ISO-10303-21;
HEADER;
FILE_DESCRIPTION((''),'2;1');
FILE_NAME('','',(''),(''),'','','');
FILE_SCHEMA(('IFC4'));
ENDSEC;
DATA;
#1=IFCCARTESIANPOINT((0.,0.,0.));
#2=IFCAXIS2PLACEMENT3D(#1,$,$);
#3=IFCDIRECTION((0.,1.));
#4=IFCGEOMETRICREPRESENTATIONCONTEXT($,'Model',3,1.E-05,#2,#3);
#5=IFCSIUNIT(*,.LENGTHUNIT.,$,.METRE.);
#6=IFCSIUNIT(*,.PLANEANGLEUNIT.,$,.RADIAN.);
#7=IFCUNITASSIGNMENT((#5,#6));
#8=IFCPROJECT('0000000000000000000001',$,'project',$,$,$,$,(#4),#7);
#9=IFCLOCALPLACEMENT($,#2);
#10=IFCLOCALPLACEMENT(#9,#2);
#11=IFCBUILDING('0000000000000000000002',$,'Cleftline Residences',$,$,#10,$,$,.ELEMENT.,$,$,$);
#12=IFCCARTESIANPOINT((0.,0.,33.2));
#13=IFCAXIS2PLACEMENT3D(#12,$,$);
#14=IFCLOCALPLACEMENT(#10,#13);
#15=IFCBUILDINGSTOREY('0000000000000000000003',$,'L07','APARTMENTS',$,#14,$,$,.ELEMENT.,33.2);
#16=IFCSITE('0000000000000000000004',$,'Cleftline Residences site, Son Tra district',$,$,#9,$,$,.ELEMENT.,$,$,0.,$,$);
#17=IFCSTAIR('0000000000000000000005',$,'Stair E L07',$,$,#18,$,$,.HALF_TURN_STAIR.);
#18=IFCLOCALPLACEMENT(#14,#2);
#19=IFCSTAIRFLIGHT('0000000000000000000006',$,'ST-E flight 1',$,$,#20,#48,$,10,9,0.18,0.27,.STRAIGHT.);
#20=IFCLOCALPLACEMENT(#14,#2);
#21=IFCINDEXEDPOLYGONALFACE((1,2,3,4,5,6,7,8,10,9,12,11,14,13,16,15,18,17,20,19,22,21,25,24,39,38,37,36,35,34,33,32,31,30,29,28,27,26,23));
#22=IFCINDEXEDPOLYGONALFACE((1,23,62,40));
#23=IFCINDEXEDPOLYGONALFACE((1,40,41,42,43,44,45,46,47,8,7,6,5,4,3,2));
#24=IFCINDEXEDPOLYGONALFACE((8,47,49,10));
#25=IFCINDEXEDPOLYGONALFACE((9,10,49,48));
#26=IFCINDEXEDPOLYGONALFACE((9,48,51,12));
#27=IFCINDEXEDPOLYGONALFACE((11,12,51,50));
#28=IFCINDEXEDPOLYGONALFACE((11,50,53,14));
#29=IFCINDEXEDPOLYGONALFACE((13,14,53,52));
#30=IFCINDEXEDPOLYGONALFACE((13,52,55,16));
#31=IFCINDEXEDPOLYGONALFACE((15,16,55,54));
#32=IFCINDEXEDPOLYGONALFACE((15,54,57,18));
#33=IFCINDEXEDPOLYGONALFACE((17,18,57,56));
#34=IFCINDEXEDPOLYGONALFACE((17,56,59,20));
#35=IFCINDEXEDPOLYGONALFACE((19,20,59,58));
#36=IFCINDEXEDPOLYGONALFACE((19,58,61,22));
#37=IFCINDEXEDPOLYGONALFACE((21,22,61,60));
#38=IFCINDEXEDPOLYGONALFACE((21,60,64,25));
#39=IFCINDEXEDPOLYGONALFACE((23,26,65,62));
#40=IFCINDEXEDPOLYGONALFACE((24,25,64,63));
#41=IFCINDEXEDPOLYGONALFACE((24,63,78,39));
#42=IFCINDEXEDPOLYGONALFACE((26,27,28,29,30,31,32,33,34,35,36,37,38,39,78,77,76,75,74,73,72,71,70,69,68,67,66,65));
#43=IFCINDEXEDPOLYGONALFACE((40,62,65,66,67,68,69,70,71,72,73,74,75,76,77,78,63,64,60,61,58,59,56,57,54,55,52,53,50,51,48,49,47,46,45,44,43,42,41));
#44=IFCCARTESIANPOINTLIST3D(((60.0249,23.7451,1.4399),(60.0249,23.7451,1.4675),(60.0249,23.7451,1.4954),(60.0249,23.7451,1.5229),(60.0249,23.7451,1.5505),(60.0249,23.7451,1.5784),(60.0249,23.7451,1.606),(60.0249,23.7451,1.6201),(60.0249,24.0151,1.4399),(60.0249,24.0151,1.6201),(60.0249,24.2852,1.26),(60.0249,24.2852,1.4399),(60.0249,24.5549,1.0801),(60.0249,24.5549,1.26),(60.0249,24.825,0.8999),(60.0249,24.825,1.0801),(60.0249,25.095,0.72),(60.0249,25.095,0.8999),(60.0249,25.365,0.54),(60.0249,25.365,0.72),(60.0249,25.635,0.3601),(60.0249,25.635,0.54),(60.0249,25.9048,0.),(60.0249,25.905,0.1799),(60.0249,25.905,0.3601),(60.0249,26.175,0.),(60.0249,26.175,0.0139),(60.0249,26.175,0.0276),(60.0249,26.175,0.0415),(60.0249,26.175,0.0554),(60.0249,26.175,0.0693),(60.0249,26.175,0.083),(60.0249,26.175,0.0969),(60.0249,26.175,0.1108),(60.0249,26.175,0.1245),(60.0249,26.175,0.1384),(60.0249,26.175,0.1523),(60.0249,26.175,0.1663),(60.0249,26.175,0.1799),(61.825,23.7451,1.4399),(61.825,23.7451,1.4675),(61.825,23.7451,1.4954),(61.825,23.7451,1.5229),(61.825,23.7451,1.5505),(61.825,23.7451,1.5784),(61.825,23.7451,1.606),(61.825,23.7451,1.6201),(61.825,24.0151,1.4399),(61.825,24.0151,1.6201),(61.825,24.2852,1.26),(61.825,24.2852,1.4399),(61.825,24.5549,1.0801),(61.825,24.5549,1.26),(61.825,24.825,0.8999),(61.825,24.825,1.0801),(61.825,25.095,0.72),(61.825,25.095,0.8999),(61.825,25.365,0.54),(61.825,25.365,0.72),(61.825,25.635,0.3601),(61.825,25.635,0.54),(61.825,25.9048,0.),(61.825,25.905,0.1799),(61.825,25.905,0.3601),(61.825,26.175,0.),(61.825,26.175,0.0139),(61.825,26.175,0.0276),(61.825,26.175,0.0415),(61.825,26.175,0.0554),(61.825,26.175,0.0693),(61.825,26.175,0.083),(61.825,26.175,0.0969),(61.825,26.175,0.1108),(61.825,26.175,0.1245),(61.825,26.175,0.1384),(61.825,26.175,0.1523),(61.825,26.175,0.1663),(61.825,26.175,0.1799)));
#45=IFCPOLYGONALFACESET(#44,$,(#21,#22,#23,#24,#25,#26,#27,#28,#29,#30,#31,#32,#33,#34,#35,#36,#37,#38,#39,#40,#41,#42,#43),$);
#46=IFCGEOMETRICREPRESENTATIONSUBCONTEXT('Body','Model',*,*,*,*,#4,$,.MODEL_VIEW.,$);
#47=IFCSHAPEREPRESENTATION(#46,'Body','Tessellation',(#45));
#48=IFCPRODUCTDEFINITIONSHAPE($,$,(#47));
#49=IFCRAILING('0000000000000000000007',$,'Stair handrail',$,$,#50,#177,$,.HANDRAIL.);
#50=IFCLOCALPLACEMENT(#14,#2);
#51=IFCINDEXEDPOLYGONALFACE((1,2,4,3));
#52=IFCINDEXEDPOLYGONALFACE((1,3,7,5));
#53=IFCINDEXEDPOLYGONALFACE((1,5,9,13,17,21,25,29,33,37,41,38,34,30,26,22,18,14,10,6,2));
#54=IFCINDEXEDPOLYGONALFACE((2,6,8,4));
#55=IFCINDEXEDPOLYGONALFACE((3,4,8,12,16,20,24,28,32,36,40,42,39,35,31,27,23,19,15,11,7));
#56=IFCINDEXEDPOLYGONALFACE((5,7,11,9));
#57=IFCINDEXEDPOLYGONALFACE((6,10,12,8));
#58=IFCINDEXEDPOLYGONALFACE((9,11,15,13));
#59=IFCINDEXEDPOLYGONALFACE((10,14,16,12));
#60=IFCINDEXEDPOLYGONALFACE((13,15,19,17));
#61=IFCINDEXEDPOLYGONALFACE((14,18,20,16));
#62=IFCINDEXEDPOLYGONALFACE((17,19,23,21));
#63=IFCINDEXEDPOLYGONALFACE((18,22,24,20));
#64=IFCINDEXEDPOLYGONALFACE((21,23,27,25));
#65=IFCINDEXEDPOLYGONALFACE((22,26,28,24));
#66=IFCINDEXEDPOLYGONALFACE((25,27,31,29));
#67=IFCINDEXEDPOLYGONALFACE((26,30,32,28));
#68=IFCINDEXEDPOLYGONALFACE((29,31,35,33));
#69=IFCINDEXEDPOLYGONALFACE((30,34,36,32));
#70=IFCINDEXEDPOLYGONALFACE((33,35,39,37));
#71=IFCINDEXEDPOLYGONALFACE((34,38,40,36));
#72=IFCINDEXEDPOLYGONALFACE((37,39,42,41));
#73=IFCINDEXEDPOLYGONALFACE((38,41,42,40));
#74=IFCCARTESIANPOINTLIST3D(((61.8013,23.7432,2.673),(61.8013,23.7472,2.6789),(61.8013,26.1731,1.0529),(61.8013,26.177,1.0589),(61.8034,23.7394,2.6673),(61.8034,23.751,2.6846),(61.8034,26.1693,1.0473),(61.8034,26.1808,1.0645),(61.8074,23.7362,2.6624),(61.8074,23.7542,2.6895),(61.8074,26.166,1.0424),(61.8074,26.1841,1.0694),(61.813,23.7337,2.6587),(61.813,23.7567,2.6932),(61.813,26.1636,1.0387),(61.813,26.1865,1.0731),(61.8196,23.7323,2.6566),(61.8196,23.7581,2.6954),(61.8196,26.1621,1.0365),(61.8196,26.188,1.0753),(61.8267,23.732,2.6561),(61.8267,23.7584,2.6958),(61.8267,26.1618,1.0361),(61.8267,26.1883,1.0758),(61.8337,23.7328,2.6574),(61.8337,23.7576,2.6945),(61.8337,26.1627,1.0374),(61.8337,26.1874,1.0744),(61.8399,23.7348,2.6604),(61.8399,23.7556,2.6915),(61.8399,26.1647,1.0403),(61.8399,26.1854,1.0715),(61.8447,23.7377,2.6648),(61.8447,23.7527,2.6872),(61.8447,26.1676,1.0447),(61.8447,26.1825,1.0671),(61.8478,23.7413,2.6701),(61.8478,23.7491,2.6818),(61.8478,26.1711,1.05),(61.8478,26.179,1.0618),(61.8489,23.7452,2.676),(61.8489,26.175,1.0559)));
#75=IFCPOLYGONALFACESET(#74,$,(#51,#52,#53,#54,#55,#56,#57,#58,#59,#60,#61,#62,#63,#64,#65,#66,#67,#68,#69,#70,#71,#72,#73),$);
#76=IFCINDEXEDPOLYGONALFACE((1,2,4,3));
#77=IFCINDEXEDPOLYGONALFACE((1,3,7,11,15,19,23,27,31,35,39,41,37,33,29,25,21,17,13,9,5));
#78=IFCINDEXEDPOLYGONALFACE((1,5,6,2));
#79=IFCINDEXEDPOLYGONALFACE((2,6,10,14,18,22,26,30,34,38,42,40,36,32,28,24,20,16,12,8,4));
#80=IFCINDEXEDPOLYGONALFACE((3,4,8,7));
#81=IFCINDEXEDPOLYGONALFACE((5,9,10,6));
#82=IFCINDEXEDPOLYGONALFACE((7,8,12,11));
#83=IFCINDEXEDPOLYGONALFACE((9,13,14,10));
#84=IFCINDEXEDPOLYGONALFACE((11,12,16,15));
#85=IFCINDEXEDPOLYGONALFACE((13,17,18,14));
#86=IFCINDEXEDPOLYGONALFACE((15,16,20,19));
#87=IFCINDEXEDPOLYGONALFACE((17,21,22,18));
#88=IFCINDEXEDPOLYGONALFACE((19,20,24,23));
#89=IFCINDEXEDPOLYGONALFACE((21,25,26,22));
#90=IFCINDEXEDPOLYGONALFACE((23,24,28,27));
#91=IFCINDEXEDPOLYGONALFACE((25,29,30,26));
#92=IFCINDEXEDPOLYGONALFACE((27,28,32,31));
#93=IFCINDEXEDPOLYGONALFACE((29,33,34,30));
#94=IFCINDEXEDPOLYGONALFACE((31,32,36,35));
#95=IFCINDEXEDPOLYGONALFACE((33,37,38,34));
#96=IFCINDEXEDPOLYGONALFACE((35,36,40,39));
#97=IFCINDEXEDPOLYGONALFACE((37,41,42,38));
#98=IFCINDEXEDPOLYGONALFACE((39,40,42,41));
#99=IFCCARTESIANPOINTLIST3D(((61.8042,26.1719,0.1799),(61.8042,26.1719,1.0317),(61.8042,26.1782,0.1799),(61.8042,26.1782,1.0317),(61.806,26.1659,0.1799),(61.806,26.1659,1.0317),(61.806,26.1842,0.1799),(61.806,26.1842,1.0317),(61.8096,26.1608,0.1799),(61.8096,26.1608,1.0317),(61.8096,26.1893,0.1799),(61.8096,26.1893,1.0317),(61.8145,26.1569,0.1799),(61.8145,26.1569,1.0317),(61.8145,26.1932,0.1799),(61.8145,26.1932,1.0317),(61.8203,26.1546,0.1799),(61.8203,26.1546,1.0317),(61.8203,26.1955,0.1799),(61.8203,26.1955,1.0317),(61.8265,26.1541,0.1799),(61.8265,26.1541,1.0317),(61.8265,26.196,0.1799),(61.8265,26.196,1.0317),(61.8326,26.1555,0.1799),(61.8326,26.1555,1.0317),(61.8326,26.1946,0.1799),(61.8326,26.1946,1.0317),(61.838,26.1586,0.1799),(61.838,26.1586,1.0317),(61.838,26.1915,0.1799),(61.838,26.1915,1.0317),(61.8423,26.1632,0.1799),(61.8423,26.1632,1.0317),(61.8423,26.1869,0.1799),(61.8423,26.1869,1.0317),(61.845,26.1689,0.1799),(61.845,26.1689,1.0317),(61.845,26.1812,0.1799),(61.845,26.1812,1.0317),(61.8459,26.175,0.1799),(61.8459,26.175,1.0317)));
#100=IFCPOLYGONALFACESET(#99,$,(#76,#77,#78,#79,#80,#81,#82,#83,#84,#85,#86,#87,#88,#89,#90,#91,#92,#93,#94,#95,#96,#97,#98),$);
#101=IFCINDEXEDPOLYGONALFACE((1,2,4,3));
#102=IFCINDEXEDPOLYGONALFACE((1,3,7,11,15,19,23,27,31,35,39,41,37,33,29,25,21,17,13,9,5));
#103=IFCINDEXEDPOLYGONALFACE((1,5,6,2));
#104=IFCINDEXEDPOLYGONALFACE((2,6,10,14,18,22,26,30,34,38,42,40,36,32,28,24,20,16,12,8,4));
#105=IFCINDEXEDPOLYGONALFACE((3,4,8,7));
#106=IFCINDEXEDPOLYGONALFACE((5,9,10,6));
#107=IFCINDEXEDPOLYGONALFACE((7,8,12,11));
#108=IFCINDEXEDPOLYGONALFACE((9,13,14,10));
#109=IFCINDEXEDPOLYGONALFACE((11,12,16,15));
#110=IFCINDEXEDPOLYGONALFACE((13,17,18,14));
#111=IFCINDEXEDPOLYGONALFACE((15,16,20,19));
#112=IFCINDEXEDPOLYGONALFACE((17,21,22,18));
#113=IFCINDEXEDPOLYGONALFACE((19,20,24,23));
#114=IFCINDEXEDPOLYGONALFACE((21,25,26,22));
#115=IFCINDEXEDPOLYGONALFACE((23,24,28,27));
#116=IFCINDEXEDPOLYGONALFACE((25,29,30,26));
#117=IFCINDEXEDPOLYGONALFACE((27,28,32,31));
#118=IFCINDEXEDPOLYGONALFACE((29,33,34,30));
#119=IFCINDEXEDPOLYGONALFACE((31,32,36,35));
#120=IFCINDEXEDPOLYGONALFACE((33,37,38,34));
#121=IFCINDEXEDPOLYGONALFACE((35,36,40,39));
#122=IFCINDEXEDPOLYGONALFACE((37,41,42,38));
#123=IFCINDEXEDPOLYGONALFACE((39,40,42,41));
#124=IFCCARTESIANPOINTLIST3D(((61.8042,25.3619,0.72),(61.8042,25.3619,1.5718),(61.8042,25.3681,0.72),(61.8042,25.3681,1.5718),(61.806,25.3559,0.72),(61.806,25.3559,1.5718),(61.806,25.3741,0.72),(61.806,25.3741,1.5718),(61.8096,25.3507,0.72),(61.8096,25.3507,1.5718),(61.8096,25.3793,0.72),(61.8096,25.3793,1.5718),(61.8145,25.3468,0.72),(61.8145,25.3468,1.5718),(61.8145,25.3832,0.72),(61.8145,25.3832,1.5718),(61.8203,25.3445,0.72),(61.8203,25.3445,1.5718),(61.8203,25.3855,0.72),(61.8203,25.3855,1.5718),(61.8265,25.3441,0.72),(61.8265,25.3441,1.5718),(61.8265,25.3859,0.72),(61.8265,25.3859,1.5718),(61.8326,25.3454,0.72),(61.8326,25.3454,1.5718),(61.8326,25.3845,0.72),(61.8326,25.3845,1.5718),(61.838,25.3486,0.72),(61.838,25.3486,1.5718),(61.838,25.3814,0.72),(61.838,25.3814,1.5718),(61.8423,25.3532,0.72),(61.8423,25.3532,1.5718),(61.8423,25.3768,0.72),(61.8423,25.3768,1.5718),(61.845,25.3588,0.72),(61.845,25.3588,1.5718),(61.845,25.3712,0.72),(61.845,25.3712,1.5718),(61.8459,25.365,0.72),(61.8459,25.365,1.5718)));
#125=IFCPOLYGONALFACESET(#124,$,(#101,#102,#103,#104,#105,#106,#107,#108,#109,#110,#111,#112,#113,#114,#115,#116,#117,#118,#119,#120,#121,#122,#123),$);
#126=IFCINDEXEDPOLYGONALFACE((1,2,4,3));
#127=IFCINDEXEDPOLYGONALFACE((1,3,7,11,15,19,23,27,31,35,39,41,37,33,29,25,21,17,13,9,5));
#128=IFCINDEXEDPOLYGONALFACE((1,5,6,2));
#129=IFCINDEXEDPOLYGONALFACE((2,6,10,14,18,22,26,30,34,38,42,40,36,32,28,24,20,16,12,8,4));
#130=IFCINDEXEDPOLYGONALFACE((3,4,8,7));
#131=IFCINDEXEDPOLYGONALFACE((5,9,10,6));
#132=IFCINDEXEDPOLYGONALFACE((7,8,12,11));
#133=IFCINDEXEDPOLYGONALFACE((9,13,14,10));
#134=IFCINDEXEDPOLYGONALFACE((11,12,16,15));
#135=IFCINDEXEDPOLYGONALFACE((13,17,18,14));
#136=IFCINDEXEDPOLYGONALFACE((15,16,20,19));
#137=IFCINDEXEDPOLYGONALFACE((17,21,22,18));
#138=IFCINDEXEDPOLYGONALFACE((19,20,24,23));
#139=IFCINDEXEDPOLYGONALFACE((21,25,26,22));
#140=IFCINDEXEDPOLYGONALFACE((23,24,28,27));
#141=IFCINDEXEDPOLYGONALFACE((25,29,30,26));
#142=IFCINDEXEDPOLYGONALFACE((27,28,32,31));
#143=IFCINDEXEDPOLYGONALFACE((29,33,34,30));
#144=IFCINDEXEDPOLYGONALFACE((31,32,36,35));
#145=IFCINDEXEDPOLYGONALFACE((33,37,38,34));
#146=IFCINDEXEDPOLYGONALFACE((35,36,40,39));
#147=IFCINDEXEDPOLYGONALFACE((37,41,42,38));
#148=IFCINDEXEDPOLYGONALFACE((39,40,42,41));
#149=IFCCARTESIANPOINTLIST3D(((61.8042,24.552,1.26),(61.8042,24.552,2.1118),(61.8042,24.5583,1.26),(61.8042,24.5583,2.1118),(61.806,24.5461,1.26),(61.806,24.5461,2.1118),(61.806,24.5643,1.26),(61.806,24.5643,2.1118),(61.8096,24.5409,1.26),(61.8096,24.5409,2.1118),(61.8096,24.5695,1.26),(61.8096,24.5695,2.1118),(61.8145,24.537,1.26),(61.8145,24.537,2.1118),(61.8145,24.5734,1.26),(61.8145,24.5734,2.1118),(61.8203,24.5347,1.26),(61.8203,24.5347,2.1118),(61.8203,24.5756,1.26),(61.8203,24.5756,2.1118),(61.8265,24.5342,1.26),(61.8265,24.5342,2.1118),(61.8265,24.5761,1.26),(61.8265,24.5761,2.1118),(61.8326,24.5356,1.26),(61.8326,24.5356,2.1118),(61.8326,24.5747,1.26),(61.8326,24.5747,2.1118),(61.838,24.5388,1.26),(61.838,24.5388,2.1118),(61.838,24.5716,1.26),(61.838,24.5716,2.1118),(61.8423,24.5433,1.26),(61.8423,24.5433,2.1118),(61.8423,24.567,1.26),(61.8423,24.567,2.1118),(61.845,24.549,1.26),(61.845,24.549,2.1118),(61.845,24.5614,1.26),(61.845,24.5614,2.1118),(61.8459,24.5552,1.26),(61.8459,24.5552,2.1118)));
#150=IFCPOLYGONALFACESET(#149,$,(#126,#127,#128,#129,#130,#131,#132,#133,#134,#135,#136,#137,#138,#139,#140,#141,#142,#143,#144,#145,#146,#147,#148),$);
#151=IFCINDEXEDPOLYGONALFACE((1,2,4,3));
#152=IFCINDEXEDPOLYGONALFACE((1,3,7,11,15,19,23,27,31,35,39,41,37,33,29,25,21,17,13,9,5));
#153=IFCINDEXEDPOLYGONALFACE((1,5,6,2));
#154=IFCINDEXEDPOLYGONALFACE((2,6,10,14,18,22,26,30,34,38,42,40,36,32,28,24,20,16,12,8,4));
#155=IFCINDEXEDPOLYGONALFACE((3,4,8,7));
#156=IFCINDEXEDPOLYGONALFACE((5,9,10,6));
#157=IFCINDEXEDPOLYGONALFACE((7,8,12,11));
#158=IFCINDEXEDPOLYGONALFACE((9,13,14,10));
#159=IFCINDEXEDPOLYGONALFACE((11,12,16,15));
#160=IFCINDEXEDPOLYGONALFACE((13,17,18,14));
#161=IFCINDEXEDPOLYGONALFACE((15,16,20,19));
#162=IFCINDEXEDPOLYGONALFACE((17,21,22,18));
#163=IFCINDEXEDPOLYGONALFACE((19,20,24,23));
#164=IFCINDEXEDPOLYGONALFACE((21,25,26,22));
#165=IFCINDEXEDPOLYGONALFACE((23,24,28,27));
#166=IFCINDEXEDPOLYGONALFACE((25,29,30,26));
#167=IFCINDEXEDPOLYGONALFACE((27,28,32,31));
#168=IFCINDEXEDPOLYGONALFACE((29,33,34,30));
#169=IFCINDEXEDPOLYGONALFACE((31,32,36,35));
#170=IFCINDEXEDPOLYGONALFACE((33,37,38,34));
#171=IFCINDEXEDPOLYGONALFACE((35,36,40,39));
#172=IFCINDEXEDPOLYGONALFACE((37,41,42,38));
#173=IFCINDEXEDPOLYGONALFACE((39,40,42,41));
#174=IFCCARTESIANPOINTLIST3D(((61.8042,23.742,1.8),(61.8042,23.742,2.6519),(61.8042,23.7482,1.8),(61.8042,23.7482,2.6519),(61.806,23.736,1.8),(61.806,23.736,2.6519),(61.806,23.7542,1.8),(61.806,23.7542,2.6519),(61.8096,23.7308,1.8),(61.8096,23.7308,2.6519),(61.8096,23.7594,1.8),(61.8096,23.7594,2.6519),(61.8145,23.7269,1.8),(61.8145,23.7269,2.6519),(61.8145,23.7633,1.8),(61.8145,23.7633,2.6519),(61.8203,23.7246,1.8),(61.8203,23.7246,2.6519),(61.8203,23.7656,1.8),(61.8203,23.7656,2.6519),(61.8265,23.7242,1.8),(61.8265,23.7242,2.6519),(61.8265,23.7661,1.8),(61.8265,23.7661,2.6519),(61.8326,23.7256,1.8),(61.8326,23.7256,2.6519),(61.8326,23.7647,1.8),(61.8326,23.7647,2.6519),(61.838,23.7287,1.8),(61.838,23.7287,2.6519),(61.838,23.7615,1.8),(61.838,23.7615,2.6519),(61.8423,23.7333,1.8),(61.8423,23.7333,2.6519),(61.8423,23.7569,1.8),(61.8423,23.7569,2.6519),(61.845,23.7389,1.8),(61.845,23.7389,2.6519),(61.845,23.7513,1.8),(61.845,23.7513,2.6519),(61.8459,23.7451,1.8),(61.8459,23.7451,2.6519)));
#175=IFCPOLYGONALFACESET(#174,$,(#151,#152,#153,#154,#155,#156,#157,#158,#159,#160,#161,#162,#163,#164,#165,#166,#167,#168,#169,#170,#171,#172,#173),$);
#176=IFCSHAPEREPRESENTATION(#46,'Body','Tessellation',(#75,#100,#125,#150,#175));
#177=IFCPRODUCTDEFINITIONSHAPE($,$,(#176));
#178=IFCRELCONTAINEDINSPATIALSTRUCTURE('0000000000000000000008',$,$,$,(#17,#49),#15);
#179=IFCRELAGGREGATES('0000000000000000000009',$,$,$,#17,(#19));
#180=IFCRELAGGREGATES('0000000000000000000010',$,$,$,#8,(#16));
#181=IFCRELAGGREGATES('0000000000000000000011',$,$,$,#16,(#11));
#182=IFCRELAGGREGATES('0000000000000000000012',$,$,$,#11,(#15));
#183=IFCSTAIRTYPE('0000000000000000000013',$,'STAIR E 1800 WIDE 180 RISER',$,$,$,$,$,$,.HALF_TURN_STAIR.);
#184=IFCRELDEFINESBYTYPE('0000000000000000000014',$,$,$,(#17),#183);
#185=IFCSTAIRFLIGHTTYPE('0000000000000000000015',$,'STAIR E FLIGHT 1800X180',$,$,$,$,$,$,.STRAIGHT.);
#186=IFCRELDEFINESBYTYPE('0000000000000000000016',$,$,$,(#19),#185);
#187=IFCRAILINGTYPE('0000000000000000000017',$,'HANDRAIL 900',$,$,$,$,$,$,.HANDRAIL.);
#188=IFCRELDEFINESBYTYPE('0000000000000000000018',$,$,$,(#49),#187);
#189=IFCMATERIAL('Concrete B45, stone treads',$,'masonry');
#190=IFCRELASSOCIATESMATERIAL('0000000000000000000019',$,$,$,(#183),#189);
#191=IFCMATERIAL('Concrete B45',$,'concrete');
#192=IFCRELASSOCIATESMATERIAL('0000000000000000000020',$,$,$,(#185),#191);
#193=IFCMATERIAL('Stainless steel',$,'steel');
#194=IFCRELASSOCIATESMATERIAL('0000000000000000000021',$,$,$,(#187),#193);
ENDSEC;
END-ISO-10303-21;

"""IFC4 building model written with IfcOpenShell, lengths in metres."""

from ifc_helpers import new_model, si_unit, direction, frame, origin, origin_2d, place, context, subcontext, project, spatial, polyline, circle, outline, extrude, material, type_object, element, aggregate, save


model = new_model("IFC4")

# Units and contexts
model_context = context("Model", 3, precision=1e-05, world=origin(), true_north=direction((0.0, 1.0)))
body_context = subcontext(model_context, "Body", "Model", "MODEL_VIEW")
ifc_project = project(units=[si_unit("LENGTHUNIT", "METRE"), si_unit("PLANEANGLEUNIT", "RADIAN")], contexts=[model_context])

# Site, building, storey
site_placement = place(None, origin())
site = spatial("IfcSite", under=ifc_project, at=site_placement, Name="Cleftline Residences site, Son Tra district", CompositionType="ELEMENT", RefElevation=0.0)
building_placement = place(site_placement, origin())
building = spatial("IfcBuilding", under=site, at=building_placement, Name="Cleftline Residences", CompositionType="ELEMENT")
storey_placement = place(building_placement, frame((0.0, 0.0, 33.2)))
storey = spatial("IfcBuildingStorey", under=building, at=storey_placement, Name="L07", Description="APARTMENTS", CompositionType="ELEMENT", Elevation=33.2)

# Stair, stair flight
ifc_material_1 = material(Name="Concrete B45, stone treads", Category="masonry")
stair_type = type_object("IfcStairType", Name="STAIR E 1800 WIDE 180 RISER", PredefinedType="HALF_TURN_STAIR", material=ifc_material_1)
stair_placement = place(storey_placement, origin())
stair = element("IfcStair", 1, at=stair_placement, inside=storey, type_object=stair_type, Name="Stair E L07", PredefinedType="HALF_TURN_STAIR")
ifc_material_2 = material(Name="Concrete B45", Category="concrete")
stair_flight_type = type_object("IfcStairFlightType", Name="STAIR E FLIGHT 1800X180", PredefinedType="STRAIGHT", material=ifc_material_2)
stair_flight_placement = place(storey_placement, frame((60.925, 26.175, 0.0), z_axis=(0.0, 0.0, 1.0), x_axis=(0.0, -1.0, 0.0)))
stair_flight = element("IfcStairFlight", 2, at=stair_flight_placement, type_object=stair_flight_type, Name="ST-E flight 1", NumberOfRisers=10, NumberOfTreads=9, PredefinedType="STRAIGHT", RiserHeight=0.18, TreadLength=0.27, context=body_context, shape_type="SweptSolid", body=[
    extrude(outline(polyline([(0.0, 0.0), (0.0, 0.0139), (0.0, 0.0276), (0.0, 0.0415), (0.0, 0.0554), (0.0, 0.0693), (0.0, 0.083), (0.0, 0.0969), (0.0, 0.1108), (0.0, 0.1245), (0.0, 0.1384), (0.0, 0.1523), (0.0, 0.1663), (0.0, 0.1799), (0.27, 0.1799), (0.27, 0.3601), (0.54, 0.3601), (0.54, 0.54), (0.8101, 0.54), (0.8101, 0.72), (1.0801, 0.72), (1.0801, 0.8999), (1.3501, 0.8999), (1.3501, 1.0801), (1.6201, 1.0801), (1.6201, 1.26), (1.8899, 1.26), (1.8899, 1.4399), (2.1599, 1.4399), (2.1599, 1.6201), (2.4299, 1.6201), (2.4299, 1.8), (2.4299, 1.7722), (2.4299, 1.7446), (2.4299, 1.7168), (2.4299, 1.6892), (2.4299, 1.6614), (2.4299, 1.6338), (2.4299, 1.606), (2.4299, 1.5784), (2.4299, 1.5505), (2.4299, 1.5229), (2.4299, 1.4954), (2.4299, 1.4675), (2.4299, 1.4399), (0.2703, 0.0), (0.0, 0.0)])), frame((0.0, 0.8999, 0.0), z_axis=(0.0, -1.0, 0.0), x_axis=(1.0, 0.0, 0.0)), (0.0, 0.0, 1.0), 1.8),
])
aggregate(stair, [stair_flight])

# Railing
ifc_material_3 = material(Name="Stainless steel", Category="steel")
railing_type = type_object("IfcRailingType", Name="HANDRAIL 900", PredefinedType="HANDRAIL", material=ifc_material_3)
railing_placement = place(storey_placement, frame((61.825, 26.175, 0.1799)))
element("IfcRailing", 3, at=railing_placement, inside=storey, type_object=railing_type, Name="Stair handrail", PredefinedType="HANDRAIL", context=body_context, shape_type="SweptSolid", body=[
    extrude(circle(Radius=0.0239, at=origin_2d()), frame((0.0, 0.0, 0.876), z_axis=(0.0, -0.832025, 0.554739), x_axis=(1.0, 0.0, 0.0)), (0.0, 0.0, 1.0), 2.9204),
    extrude(circle(Radius=0.021, at=origin_2d()), origin(), (0.0, 0.0, 1.0), 0.8518),
    extrude(circle(Radius=0.021, at=origin_2d()), frame((0.0, -0.8101, 0.54)), (0.0, 0.0, 1.0), 0.8518),
    extrude(circle(Radius=0.021, at=origin_2d()), frame((0.0, -1.6199, 1.0801)), (0.0, 0.0, 1.0), 0.8518),
    extrude(circle(Radius=0.021, at=origin_2d()), frame((0.0, -2.4299, 1.6201)), (0.0, 0.0, 1.0), 0.8518),
])

save(model, "model.ifc")
